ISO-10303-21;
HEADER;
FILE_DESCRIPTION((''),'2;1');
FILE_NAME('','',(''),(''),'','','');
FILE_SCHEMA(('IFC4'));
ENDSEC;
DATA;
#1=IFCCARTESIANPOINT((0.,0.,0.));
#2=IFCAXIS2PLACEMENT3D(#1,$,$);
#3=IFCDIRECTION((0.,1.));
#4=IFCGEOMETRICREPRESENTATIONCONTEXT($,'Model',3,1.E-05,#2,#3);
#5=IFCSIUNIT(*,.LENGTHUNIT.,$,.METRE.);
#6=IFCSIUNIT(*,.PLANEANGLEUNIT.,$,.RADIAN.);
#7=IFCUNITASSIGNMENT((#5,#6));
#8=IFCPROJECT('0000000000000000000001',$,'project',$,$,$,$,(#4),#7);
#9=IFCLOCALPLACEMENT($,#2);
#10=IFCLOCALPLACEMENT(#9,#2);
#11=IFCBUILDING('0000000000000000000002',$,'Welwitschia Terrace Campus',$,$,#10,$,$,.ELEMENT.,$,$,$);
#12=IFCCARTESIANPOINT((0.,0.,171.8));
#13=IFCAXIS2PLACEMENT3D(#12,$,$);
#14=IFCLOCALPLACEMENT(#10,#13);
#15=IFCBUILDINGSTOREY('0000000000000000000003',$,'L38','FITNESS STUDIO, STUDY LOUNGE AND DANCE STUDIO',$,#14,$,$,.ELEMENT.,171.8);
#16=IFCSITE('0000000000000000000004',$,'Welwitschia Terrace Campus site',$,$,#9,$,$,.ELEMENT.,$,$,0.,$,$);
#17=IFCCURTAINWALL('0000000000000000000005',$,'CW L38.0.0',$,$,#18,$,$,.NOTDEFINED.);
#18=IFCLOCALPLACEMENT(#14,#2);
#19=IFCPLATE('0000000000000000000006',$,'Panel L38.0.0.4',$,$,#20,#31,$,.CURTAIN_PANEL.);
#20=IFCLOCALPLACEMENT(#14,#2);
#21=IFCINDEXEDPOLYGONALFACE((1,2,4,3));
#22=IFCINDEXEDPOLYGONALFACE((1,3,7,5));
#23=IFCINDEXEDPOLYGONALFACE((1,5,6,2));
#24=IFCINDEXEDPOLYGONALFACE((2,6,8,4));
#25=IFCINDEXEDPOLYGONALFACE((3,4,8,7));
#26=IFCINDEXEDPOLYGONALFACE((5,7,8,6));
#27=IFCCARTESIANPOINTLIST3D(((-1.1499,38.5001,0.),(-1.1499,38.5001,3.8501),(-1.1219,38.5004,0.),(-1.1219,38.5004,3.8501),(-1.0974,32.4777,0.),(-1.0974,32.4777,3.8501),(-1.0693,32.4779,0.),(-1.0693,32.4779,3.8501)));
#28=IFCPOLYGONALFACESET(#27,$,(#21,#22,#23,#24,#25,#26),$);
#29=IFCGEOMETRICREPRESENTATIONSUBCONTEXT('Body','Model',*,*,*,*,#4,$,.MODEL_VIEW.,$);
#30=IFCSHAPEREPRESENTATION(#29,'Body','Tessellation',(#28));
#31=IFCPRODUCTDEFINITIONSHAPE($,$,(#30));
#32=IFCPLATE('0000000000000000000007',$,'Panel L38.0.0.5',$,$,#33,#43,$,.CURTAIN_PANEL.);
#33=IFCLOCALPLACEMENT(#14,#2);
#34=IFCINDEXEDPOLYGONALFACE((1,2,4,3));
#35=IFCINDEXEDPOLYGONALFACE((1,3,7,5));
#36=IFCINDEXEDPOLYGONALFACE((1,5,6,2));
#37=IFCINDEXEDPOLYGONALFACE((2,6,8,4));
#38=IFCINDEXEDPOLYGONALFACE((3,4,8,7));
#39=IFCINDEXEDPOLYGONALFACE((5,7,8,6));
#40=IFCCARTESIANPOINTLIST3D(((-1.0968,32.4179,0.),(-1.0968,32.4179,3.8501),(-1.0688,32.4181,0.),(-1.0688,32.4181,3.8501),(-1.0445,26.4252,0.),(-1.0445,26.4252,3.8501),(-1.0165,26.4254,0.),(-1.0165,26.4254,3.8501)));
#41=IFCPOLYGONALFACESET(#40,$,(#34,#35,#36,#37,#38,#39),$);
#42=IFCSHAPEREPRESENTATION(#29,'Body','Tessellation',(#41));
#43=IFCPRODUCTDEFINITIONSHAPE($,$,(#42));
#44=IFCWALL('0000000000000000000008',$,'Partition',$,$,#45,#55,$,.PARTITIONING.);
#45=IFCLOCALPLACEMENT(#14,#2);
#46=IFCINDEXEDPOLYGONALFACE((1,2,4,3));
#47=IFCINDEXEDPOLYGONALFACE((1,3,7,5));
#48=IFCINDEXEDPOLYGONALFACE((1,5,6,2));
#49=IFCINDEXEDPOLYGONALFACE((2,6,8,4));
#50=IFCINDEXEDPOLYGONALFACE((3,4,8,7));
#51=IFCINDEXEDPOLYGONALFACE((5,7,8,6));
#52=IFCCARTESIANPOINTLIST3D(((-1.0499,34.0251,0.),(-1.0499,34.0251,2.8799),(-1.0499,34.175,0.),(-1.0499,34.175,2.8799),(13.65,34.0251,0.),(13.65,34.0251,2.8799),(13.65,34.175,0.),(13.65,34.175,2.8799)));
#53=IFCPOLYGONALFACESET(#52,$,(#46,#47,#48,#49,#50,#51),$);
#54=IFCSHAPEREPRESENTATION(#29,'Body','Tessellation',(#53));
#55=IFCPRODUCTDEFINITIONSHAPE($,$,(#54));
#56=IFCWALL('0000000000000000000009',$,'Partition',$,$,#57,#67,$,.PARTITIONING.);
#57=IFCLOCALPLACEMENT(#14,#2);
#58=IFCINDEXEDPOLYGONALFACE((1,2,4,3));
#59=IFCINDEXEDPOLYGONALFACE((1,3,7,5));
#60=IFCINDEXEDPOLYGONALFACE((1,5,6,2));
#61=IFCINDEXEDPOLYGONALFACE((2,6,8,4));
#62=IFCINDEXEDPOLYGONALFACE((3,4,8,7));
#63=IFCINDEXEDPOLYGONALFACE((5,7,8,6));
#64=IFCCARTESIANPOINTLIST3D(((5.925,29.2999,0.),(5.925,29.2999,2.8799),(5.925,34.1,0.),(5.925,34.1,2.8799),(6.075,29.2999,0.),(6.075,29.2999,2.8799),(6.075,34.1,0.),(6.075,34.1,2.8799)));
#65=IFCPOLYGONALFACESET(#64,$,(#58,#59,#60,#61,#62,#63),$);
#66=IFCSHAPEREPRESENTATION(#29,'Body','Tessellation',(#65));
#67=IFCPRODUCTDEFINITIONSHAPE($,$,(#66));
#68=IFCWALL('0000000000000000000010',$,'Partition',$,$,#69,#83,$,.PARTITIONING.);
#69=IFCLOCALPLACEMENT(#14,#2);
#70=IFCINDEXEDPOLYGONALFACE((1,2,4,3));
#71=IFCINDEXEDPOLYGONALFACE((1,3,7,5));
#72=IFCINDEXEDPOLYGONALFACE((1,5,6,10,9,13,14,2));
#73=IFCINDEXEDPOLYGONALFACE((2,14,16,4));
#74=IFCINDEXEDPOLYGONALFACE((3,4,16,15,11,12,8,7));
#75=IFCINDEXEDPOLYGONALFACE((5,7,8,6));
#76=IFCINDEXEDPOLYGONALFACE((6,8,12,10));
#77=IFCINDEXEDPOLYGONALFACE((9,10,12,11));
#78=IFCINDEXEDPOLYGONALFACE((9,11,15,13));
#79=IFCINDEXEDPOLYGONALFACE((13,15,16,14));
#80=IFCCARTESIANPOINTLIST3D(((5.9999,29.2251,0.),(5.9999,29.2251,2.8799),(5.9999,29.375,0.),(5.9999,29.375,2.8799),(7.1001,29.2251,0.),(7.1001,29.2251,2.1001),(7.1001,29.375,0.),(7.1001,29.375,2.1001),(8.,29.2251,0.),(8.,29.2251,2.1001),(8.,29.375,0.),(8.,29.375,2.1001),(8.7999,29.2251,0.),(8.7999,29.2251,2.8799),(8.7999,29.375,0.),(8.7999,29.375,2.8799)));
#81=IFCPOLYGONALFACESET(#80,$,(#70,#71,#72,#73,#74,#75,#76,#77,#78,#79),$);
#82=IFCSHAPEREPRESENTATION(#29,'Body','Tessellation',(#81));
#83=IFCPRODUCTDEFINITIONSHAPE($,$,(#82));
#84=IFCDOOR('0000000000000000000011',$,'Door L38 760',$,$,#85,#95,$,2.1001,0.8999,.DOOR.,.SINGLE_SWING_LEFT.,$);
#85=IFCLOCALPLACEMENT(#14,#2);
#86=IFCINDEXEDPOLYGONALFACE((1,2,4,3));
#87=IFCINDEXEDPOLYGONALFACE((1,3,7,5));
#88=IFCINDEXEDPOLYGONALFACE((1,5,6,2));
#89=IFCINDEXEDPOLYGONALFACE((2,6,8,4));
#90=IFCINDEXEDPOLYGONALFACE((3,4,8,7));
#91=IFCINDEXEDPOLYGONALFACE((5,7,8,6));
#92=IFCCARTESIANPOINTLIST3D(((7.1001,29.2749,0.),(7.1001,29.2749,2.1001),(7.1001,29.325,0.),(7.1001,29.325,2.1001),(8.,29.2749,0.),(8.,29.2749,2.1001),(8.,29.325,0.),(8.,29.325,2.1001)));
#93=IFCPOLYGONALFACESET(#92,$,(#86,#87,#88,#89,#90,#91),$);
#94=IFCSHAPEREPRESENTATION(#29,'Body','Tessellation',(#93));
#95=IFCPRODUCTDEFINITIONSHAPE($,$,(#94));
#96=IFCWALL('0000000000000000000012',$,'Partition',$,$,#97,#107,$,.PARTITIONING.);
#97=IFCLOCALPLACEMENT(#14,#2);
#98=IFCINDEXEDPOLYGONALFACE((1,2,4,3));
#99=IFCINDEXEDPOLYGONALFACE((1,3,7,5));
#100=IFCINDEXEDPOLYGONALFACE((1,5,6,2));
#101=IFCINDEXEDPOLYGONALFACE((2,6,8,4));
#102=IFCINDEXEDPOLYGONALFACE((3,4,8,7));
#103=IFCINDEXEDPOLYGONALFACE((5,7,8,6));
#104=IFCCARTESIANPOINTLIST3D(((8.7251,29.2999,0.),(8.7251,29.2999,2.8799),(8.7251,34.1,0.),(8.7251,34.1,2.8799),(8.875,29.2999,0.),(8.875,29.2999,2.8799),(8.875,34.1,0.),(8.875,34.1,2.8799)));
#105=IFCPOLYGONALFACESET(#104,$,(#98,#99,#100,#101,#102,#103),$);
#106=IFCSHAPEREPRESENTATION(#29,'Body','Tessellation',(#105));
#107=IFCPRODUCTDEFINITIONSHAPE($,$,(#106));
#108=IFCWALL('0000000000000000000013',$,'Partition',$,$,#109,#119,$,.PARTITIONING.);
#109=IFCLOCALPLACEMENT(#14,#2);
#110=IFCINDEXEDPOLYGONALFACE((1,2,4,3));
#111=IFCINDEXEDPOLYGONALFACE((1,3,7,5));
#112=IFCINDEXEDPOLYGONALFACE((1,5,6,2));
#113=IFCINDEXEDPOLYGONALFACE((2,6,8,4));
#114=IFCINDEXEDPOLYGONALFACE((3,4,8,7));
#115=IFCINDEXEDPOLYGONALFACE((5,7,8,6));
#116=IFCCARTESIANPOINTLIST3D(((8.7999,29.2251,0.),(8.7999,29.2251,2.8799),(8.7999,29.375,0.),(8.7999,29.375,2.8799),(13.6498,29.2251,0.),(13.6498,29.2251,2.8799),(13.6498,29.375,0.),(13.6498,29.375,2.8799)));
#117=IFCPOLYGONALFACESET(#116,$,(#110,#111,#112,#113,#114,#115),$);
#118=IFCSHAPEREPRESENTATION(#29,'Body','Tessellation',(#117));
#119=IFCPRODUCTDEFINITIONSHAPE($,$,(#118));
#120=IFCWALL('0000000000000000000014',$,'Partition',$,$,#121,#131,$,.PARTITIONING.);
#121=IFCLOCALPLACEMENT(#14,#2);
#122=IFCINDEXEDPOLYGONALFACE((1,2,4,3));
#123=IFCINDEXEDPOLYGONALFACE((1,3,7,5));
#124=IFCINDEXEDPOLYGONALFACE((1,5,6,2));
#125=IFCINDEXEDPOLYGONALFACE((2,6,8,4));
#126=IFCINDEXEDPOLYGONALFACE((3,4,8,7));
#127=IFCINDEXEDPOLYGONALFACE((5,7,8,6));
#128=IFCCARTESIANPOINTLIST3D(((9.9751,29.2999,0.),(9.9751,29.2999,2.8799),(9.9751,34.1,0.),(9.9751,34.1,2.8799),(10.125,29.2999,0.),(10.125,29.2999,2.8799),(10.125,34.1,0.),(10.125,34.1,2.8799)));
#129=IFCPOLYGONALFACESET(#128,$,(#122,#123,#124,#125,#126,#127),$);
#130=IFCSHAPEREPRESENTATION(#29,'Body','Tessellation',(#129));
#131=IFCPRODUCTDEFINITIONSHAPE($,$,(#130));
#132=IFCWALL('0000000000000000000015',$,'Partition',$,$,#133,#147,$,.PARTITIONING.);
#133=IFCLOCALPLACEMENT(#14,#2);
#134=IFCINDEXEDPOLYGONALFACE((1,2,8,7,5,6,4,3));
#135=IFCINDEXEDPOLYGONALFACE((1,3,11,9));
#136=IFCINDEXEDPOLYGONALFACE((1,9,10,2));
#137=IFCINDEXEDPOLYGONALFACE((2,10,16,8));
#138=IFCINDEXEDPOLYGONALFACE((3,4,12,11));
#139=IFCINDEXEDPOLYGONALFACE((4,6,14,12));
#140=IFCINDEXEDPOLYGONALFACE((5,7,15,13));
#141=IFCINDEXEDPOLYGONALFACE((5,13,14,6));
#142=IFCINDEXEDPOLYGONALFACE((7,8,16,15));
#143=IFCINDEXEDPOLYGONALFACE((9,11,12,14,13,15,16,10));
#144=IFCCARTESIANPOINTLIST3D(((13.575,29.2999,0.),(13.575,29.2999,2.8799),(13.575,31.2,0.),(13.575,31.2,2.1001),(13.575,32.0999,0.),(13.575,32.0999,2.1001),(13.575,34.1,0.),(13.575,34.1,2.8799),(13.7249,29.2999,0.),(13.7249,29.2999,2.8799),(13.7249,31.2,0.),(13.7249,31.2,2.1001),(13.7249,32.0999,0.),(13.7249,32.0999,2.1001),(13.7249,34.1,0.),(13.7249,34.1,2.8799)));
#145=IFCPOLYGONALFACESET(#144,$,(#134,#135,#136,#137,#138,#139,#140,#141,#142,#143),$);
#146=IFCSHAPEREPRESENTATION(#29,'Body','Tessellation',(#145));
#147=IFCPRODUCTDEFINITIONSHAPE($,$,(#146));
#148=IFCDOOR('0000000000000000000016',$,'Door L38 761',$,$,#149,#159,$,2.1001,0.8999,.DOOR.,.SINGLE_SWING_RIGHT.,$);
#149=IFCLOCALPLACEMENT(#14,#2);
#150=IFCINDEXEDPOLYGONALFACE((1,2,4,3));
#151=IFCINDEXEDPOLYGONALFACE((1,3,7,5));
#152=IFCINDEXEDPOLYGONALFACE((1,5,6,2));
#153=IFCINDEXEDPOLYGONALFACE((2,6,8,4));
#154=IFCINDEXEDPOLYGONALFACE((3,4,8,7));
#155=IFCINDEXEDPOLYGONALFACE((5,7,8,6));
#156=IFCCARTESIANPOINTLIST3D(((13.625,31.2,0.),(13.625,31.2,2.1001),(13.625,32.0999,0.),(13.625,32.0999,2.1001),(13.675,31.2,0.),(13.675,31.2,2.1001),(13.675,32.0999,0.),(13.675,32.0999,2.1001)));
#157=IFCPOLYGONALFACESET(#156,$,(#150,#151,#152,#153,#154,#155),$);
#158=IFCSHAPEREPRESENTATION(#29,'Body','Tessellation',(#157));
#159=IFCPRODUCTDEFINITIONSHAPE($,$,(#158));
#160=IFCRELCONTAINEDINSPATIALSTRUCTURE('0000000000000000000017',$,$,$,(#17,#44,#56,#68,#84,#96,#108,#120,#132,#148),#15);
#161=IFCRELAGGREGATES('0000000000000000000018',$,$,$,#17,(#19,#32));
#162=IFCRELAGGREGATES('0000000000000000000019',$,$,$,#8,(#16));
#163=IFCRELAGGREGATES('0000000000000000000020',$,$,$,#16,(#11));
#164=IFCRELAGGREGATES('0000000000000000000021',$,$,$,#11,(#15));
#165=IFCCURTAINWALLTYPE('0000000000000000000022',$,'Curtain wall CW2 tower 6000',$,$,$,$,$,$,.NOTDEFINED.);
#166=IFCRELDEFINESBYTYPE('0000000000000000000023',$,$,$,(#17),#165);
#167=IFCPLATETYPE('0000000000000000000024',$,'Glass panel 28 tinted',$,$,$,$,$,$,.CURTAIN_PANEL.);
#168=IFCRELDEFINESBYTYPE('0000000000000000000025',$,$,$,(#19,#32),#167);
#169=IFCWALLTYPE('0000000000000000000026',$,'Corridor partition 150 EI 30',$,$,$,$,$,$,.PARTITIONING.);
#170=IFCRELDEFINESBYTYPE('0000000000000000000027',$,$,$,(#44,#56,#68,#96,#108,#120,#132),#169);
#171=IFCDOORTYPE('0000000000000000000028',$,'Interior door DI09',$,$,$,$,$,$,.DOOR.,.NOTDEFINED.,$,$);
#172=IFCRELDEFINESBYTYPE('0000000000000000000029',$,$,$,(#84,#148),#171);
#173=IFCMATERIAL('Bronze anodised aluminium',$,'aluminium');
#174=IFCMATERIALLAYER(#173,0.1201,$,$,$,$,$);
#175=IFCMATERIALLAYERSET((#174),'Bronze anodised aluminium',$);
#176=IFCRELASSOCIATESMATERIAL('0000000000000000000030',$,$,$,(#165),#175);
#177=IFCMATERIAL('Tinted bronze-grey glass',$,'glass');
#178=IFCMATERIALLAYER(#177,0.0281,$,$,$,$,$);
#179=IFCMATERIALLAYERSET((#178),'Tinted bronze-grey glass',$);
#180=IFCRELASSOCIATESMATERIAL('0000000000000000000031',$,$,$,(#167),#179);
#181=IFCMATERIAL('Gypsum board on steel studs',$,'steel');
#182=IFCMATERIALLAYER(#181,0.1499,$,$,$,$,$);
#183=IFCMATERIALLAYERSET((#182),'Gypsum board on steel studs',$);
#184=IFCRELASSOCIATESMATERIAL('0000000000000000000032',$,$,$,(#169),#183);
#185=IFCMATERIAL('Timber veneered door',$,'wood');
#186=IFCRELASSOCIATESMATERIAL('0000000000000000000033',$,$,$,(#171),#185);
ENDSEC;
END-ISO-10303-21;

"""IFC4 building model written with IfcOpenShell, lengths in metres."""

from ifc_helpers import new_model, si_unit, direction, frame, frame_2d, origin, origin_2d, place, context, subcontext, project, spatial, rectangle, extrude, material, layer, layer_set, type_object, element, fill, aggregate, save


model = new_model("IFC4")

# Units and contexts
model_context = context("Model", 3, precision=1e-05, world=origin(), true_north=direction((0.0, 1.0)))
body_context = subcontext(model_context, "Body", "Model", "MODEL_VIEW")
ifc_project = project(units=[si_unit("LENGTHUNIT", "METRE"), si_unit("PLANEANGLEUNIT", "RADIAN")], contexts=[model_context])

# Site, building, storey
site_placement = place(None, origin())
site = spatial("IfcSite", under=ifc_project, at=site_placement, Name="Welwitschia Terrace Campus site", CompositionType="ELEMENT", RefElevation=0.0)
building_placement = place(site_placement, origin())
building = spatial("IfcBuilding", under=site, at=building_placement, Name="Welwitschia Terrace Campus", CompositionType="ELEMENT")
storey_placement = place(building_placement, frame((0.0, 0.0, 171.8)))
storey = spatial("IfcBuildingStorey", under=building, at=storey_placement, Name="L38", Description="FITNESS STUDIO, STUDY LOUNGE AND DANCE STUDIO", CompositionType="ELEMENT", Elevation=171.8)

# Curtain wall
ifc_material_1 = material(Name="Bronze anodised aluminium", Category="aluminium")
ifc_layer_1 = layer(ifc_material_1, 0.1201)
ifc_layer_set_1 = layer_set([ifc_layer_1], Name="Bronze anodised aluminium")
curtain_wall_type = type_object("IfcCurtainWallType", Name="Curtain wall CW2 tower 6000", PredefinedType="NOTDEFINED", material=ifc_layer_set_1)
curtain_wall_placement = place(storey_placement, origin())
curtain_wall = element("IfcCurtainWall", 1, at=curtain_wall_placement, inside=storey, type_object=curtain_wall_type, Name="CW L38.0.0", PredefinedType="NOTDEFINED")

# Plates
ifc_material_2 = material(Name="Tinted bronze-grey glass", Category="glass")
ifc_layer_2 = layer(ifc_material_2, 0.0281)
ifc_layer_set_2 = layer_set([ifc_layer_2], Name="Tinted bronze-grey glass")
plate_type = type_object("IfcPlateType", Name="Glass panel 28 tinted", PredefinedType="CURTAIN_PANEL", material=ifc_layer_set_2)
plate_1_placement = place(storey_placement, frame((-1.1096, 35.489, 0.0), z_axis=(0.0, 0.0, 1.0), x_axis=(0.008727, -0.999962, 0.0)))
plate_1 = element("IfcPlate", 2, at=plate_1_placement, type_object=plate_type, Name="Panel L38.0.0.4", PredefinedType="CURTAIN_PANEL", context=body_context, shape_type="SweptSolid", body=[
    extrude(rectangle(XDim=6.0227, YDim=0.0281, at=origin_2d()), origin(), (0.0, 0.0, 1.0), 3.8501),
])
plate_2_placement = place(storey_placement, frame((-1.0566, 29.4216, 0.0), z_axis=(0.0, 0.0, 1.0), x_axis=(0.008727, -0.999962, 0.0)))
plate_2 = element("IfcPlate", 3, at=plate_2_placement, type_object=plate_type, Name="Panel L38.0.0.5", PredefinedType="CURTAIN_PANEL", context=body_context, shape_type="SweptSolid", body=[
    extrude(rectangle(XDim=5.9929, YDim=0.0281, at=origin_2d()), origin(), (0.0, 0.0, 1.0), 3.8501),
])
aggregate(curtain_wall, [plate_1, plate_2])

# Walls
ifc_material_3 = material(Name="Gypsum board on steel studs", Category="steel")
ifc_layer_3 = layer(ifc_material_3, 0.1499)
ifc_layer_set_3 = layer_set([ifc_layer_3], Name="Gypsum board on steel studs")
wall_type = type_object("IfcWallType", Name="Corridor partition 150 EI 30", PredefinedType="PARTITIONING", material=ifc_layer_set_3)
wall_1_placement = place(storey_placement, frame((-1.05, 34.1001, 0.0), z_axis=(0.0, 0.0, 1.0), x_axis=(1.0, 0.0, 0.0)))
element("IfcWall", 4, at=wall_1_placement, inside=storey, type_object=wall_type, Name="Partition", PredefinedType="PARTITIONING", context=body_context, shape_type="SweptSolid", body=[
    extrude(rectangle(XDim=14.7, YDim=0.1499, at=frame_2d((7.3501, 0.0))), origin(), (0.0, 0.0, 1.0), 2.8799),
])
wall_2_placement = place(storey_placement, frame((6.0, 29.3, 0.0), z_axis=(0.0, 0.0, 1.0), x_axis=(0.0, 1.0, 0.0)))
element("IfcWall", 5, at=wall_2_placement, inside=storey, type_object=wall_type, Name="Partition", PredefinedType="PARTITIONING", context=body_context, shape_type="SweptSolid", body=[
    extrude(rectangle(XDim=4.8, YDim=0.1499, at=frame_2d((2.3999, 0.0))), origin(), (0.0, 0.0, 1.0), 2.8799),
])

# Wall, opening, door
wall_3_placement = place(storey_placement, frame((6.0, 29.3, 0.0), z_axis=(0.0, 0.0, 1.0), x_axis=(1.0, 0.0, 0.0)))
wall_3 = element("IfcWall", 6, at=wall_3_placement, inside=storey, type_object=wall_type, Name="Partition", PredefinedType="PARTITIONING", context=body_context, shape_type="SweptSolid", body=[
    extrude(rectangle(XDim=2.8, YDim=0.1499, at=frame_2d((1.3999, 0.0))), origin(), (0.0, 0.0, 1.0), 2.8799),
])
opening_1_placement = place(wall_3_placement, frame((1.1001, 0.0, 0.0)))
opening_1 = element("IfcOpeningElement", 7, at=opening_1_placement, cuts=wall_3, PredefinedType="OPENING", context=body_context, shape_type="SweptSolid", body=[
    extrude(rectangle(XDim=0.8999, YDim=2.1001, at=frame_2d((0.45, 1.05))), frame((0.0, 0.085, 0.0), z_axis=(0.0, -1.0, 0.0), x_axis=(1.0, 0.0, 0.0)), (0.0, 0.0, 1.0), 0.1699),
])
ifc_material_4 = material(Name="Timber veneered door", Category="wood")
door_type_1 = type_object("IfcDoorType", Name="Interior door DI09", OperationType="NOTDEFINED", PredefinedType="DOOR", material=ifc_material_4)
door_1_placement = place(opening_1_placement, origin())
door_1 = element("IfcDoor", 8, at=door_1_placement, inside=storey, type_object=door_type_1, Name="Door L38 760", OperationType="SINGLE_SWING_LEFT", OverallHeight=2.1001, OverallWidth=0.8999, PredefinedType="DOOR", context=body_context, shape_type="SweptSolid", body=[
    extrude(rectangle(XDim=0.8999, YDim=2.1001, at=frame_2d((0.45, 1.05))), frame((0.0, 0.0249, 0.0), z_axis=(0.0, -1.0, 0.0), x_axis=(1.0, 0.0, 0.0)), (0.0, 0.0, 1.0), 0.05),
])
fill(opening_1, door_1)

# Walls
wall_4_placement = place(storey_placement, frame((8.8, 29.3, 0.0), z_axis=(0.0, 0.0, 1.0), x_axis=(0.0, 1.0, 0.0)))
element("IfcWall", 9, at=wall_4_placement, inside=storey, type_object=wall_type, Name="Partition", PredefinedType="PARTITIONING", context=body_context, shape_type="SweptSolid", body=[
    extrude(rectangle(XDim=4.8, YDim=0.1499, at=frame_2d((2.3999, 0.0))), origin(), (0.0, 0.0, 1.0), 2.8799),
])
wall_5_placement = place(storey_placement, frame((8.8, 29.3, 0.0), z_axis=(0.0, 0.0, 1.0), x_axis=(1.0, 0.0, 0.0)))
element("IfcWall", 10, at=wall_5_placement, inside=storey, type_object=wall_type, Name="Partition", PredefinedType="PARTITIONING", context=body_context, shape_type="SweptSolid", body=[
    extrude(rectangle(XDim=4.8499, YDim=0.1499, at=frame_2d((2.4248, 0.0))), origin(), (0.0, 0.0, 1.0), 2.8799),
])
wall_6_placement = place(storey_placement, frame((10.05, 29.3, 0.0), z_axis=(0.0, 0.0, 1.0), x_axis=(0.0, 1.0, 0.0)))
element("IfcWall", 11, at=wall_6_placement, inside=storey, type_object=wall_type, Name="Partition", PredefinedType="PARTITIONING", context=body_context, shape_type="SweptSolid", body=[
    extrude(rectangle(XDim=4.8, YDim=0.1499, at=frame_2d((2.3999, 0.0))), origin(), (0.0, 0.0, 1.0), 2.8799),
])

# Wall, opening, door
wall_7_placement = place(storey_placement, frame((13.6499, 29.3, 0.0), z_axis=(0.0, 0.0, 1.0), x_axis=(0.0, 1.0, 0.0)))
wall_7 = element("IfcWall", 12, at=wall_7_placement, inside=storey, type_object=wall_type, Name="Partition", PredefinedType="PARTITIONING", context=body_context, shape_type="SweptSolid", body=[
    extrude(rectangle(XDim=4.8, YDim=0.1499, at=frame_2d((2.3999, 0.0))), origin(), (0.0, 0.0, 1.0), 2.8799),
])
opening_2_placement = place(wall_7_placement, frame((1.8999, 0.0, 0.0)))
opening_2 = element("IfcOpeningElement", 13, at=opening_2_placement, cuts=wall_7, PredefinedType="OPENING", context=body_context, shape_type="SweptSolid", body=[
    extrude(rectangle(XDim=0.8999, YDim=2.1001, at=frame_2d((0.45, 1.05))), frame((0.0, 0.085, 0.0), z_axis=(0.0, -1.0, 0.0), x_axis=(1.0, 0.0, 0.0)), (0.0, 0.0, 1.0), 0.1699),
])
door_2_placement = place(opening_2_placement, origin())
door_2 = element("IfcDoor", 14, at=door_2_placement, inside=storey, type_object=door_type_1, Name="Door L38 761", OperationType="SINGLE_SWING_RIGHT", OverallHeight=2.1001, OverallWidth=0.8999, PredefinedType="DOOR", context=body_context, shape_type="SweptSolid", body=[
    extrude(rectangle(XDim=0.8999, YDim=2.1001, at=frame_2d((0.45, 1.05))), frame((0.0, 0.0249, 0.0), z_axis=(0.0, -1.0, 0.0), x_axis=(1.0, 0.0, 0.0)), (0.0, 0.0, 1.0), 0.05),
])
fill(opening_2, door_2)

save(model, "model.ifc")
